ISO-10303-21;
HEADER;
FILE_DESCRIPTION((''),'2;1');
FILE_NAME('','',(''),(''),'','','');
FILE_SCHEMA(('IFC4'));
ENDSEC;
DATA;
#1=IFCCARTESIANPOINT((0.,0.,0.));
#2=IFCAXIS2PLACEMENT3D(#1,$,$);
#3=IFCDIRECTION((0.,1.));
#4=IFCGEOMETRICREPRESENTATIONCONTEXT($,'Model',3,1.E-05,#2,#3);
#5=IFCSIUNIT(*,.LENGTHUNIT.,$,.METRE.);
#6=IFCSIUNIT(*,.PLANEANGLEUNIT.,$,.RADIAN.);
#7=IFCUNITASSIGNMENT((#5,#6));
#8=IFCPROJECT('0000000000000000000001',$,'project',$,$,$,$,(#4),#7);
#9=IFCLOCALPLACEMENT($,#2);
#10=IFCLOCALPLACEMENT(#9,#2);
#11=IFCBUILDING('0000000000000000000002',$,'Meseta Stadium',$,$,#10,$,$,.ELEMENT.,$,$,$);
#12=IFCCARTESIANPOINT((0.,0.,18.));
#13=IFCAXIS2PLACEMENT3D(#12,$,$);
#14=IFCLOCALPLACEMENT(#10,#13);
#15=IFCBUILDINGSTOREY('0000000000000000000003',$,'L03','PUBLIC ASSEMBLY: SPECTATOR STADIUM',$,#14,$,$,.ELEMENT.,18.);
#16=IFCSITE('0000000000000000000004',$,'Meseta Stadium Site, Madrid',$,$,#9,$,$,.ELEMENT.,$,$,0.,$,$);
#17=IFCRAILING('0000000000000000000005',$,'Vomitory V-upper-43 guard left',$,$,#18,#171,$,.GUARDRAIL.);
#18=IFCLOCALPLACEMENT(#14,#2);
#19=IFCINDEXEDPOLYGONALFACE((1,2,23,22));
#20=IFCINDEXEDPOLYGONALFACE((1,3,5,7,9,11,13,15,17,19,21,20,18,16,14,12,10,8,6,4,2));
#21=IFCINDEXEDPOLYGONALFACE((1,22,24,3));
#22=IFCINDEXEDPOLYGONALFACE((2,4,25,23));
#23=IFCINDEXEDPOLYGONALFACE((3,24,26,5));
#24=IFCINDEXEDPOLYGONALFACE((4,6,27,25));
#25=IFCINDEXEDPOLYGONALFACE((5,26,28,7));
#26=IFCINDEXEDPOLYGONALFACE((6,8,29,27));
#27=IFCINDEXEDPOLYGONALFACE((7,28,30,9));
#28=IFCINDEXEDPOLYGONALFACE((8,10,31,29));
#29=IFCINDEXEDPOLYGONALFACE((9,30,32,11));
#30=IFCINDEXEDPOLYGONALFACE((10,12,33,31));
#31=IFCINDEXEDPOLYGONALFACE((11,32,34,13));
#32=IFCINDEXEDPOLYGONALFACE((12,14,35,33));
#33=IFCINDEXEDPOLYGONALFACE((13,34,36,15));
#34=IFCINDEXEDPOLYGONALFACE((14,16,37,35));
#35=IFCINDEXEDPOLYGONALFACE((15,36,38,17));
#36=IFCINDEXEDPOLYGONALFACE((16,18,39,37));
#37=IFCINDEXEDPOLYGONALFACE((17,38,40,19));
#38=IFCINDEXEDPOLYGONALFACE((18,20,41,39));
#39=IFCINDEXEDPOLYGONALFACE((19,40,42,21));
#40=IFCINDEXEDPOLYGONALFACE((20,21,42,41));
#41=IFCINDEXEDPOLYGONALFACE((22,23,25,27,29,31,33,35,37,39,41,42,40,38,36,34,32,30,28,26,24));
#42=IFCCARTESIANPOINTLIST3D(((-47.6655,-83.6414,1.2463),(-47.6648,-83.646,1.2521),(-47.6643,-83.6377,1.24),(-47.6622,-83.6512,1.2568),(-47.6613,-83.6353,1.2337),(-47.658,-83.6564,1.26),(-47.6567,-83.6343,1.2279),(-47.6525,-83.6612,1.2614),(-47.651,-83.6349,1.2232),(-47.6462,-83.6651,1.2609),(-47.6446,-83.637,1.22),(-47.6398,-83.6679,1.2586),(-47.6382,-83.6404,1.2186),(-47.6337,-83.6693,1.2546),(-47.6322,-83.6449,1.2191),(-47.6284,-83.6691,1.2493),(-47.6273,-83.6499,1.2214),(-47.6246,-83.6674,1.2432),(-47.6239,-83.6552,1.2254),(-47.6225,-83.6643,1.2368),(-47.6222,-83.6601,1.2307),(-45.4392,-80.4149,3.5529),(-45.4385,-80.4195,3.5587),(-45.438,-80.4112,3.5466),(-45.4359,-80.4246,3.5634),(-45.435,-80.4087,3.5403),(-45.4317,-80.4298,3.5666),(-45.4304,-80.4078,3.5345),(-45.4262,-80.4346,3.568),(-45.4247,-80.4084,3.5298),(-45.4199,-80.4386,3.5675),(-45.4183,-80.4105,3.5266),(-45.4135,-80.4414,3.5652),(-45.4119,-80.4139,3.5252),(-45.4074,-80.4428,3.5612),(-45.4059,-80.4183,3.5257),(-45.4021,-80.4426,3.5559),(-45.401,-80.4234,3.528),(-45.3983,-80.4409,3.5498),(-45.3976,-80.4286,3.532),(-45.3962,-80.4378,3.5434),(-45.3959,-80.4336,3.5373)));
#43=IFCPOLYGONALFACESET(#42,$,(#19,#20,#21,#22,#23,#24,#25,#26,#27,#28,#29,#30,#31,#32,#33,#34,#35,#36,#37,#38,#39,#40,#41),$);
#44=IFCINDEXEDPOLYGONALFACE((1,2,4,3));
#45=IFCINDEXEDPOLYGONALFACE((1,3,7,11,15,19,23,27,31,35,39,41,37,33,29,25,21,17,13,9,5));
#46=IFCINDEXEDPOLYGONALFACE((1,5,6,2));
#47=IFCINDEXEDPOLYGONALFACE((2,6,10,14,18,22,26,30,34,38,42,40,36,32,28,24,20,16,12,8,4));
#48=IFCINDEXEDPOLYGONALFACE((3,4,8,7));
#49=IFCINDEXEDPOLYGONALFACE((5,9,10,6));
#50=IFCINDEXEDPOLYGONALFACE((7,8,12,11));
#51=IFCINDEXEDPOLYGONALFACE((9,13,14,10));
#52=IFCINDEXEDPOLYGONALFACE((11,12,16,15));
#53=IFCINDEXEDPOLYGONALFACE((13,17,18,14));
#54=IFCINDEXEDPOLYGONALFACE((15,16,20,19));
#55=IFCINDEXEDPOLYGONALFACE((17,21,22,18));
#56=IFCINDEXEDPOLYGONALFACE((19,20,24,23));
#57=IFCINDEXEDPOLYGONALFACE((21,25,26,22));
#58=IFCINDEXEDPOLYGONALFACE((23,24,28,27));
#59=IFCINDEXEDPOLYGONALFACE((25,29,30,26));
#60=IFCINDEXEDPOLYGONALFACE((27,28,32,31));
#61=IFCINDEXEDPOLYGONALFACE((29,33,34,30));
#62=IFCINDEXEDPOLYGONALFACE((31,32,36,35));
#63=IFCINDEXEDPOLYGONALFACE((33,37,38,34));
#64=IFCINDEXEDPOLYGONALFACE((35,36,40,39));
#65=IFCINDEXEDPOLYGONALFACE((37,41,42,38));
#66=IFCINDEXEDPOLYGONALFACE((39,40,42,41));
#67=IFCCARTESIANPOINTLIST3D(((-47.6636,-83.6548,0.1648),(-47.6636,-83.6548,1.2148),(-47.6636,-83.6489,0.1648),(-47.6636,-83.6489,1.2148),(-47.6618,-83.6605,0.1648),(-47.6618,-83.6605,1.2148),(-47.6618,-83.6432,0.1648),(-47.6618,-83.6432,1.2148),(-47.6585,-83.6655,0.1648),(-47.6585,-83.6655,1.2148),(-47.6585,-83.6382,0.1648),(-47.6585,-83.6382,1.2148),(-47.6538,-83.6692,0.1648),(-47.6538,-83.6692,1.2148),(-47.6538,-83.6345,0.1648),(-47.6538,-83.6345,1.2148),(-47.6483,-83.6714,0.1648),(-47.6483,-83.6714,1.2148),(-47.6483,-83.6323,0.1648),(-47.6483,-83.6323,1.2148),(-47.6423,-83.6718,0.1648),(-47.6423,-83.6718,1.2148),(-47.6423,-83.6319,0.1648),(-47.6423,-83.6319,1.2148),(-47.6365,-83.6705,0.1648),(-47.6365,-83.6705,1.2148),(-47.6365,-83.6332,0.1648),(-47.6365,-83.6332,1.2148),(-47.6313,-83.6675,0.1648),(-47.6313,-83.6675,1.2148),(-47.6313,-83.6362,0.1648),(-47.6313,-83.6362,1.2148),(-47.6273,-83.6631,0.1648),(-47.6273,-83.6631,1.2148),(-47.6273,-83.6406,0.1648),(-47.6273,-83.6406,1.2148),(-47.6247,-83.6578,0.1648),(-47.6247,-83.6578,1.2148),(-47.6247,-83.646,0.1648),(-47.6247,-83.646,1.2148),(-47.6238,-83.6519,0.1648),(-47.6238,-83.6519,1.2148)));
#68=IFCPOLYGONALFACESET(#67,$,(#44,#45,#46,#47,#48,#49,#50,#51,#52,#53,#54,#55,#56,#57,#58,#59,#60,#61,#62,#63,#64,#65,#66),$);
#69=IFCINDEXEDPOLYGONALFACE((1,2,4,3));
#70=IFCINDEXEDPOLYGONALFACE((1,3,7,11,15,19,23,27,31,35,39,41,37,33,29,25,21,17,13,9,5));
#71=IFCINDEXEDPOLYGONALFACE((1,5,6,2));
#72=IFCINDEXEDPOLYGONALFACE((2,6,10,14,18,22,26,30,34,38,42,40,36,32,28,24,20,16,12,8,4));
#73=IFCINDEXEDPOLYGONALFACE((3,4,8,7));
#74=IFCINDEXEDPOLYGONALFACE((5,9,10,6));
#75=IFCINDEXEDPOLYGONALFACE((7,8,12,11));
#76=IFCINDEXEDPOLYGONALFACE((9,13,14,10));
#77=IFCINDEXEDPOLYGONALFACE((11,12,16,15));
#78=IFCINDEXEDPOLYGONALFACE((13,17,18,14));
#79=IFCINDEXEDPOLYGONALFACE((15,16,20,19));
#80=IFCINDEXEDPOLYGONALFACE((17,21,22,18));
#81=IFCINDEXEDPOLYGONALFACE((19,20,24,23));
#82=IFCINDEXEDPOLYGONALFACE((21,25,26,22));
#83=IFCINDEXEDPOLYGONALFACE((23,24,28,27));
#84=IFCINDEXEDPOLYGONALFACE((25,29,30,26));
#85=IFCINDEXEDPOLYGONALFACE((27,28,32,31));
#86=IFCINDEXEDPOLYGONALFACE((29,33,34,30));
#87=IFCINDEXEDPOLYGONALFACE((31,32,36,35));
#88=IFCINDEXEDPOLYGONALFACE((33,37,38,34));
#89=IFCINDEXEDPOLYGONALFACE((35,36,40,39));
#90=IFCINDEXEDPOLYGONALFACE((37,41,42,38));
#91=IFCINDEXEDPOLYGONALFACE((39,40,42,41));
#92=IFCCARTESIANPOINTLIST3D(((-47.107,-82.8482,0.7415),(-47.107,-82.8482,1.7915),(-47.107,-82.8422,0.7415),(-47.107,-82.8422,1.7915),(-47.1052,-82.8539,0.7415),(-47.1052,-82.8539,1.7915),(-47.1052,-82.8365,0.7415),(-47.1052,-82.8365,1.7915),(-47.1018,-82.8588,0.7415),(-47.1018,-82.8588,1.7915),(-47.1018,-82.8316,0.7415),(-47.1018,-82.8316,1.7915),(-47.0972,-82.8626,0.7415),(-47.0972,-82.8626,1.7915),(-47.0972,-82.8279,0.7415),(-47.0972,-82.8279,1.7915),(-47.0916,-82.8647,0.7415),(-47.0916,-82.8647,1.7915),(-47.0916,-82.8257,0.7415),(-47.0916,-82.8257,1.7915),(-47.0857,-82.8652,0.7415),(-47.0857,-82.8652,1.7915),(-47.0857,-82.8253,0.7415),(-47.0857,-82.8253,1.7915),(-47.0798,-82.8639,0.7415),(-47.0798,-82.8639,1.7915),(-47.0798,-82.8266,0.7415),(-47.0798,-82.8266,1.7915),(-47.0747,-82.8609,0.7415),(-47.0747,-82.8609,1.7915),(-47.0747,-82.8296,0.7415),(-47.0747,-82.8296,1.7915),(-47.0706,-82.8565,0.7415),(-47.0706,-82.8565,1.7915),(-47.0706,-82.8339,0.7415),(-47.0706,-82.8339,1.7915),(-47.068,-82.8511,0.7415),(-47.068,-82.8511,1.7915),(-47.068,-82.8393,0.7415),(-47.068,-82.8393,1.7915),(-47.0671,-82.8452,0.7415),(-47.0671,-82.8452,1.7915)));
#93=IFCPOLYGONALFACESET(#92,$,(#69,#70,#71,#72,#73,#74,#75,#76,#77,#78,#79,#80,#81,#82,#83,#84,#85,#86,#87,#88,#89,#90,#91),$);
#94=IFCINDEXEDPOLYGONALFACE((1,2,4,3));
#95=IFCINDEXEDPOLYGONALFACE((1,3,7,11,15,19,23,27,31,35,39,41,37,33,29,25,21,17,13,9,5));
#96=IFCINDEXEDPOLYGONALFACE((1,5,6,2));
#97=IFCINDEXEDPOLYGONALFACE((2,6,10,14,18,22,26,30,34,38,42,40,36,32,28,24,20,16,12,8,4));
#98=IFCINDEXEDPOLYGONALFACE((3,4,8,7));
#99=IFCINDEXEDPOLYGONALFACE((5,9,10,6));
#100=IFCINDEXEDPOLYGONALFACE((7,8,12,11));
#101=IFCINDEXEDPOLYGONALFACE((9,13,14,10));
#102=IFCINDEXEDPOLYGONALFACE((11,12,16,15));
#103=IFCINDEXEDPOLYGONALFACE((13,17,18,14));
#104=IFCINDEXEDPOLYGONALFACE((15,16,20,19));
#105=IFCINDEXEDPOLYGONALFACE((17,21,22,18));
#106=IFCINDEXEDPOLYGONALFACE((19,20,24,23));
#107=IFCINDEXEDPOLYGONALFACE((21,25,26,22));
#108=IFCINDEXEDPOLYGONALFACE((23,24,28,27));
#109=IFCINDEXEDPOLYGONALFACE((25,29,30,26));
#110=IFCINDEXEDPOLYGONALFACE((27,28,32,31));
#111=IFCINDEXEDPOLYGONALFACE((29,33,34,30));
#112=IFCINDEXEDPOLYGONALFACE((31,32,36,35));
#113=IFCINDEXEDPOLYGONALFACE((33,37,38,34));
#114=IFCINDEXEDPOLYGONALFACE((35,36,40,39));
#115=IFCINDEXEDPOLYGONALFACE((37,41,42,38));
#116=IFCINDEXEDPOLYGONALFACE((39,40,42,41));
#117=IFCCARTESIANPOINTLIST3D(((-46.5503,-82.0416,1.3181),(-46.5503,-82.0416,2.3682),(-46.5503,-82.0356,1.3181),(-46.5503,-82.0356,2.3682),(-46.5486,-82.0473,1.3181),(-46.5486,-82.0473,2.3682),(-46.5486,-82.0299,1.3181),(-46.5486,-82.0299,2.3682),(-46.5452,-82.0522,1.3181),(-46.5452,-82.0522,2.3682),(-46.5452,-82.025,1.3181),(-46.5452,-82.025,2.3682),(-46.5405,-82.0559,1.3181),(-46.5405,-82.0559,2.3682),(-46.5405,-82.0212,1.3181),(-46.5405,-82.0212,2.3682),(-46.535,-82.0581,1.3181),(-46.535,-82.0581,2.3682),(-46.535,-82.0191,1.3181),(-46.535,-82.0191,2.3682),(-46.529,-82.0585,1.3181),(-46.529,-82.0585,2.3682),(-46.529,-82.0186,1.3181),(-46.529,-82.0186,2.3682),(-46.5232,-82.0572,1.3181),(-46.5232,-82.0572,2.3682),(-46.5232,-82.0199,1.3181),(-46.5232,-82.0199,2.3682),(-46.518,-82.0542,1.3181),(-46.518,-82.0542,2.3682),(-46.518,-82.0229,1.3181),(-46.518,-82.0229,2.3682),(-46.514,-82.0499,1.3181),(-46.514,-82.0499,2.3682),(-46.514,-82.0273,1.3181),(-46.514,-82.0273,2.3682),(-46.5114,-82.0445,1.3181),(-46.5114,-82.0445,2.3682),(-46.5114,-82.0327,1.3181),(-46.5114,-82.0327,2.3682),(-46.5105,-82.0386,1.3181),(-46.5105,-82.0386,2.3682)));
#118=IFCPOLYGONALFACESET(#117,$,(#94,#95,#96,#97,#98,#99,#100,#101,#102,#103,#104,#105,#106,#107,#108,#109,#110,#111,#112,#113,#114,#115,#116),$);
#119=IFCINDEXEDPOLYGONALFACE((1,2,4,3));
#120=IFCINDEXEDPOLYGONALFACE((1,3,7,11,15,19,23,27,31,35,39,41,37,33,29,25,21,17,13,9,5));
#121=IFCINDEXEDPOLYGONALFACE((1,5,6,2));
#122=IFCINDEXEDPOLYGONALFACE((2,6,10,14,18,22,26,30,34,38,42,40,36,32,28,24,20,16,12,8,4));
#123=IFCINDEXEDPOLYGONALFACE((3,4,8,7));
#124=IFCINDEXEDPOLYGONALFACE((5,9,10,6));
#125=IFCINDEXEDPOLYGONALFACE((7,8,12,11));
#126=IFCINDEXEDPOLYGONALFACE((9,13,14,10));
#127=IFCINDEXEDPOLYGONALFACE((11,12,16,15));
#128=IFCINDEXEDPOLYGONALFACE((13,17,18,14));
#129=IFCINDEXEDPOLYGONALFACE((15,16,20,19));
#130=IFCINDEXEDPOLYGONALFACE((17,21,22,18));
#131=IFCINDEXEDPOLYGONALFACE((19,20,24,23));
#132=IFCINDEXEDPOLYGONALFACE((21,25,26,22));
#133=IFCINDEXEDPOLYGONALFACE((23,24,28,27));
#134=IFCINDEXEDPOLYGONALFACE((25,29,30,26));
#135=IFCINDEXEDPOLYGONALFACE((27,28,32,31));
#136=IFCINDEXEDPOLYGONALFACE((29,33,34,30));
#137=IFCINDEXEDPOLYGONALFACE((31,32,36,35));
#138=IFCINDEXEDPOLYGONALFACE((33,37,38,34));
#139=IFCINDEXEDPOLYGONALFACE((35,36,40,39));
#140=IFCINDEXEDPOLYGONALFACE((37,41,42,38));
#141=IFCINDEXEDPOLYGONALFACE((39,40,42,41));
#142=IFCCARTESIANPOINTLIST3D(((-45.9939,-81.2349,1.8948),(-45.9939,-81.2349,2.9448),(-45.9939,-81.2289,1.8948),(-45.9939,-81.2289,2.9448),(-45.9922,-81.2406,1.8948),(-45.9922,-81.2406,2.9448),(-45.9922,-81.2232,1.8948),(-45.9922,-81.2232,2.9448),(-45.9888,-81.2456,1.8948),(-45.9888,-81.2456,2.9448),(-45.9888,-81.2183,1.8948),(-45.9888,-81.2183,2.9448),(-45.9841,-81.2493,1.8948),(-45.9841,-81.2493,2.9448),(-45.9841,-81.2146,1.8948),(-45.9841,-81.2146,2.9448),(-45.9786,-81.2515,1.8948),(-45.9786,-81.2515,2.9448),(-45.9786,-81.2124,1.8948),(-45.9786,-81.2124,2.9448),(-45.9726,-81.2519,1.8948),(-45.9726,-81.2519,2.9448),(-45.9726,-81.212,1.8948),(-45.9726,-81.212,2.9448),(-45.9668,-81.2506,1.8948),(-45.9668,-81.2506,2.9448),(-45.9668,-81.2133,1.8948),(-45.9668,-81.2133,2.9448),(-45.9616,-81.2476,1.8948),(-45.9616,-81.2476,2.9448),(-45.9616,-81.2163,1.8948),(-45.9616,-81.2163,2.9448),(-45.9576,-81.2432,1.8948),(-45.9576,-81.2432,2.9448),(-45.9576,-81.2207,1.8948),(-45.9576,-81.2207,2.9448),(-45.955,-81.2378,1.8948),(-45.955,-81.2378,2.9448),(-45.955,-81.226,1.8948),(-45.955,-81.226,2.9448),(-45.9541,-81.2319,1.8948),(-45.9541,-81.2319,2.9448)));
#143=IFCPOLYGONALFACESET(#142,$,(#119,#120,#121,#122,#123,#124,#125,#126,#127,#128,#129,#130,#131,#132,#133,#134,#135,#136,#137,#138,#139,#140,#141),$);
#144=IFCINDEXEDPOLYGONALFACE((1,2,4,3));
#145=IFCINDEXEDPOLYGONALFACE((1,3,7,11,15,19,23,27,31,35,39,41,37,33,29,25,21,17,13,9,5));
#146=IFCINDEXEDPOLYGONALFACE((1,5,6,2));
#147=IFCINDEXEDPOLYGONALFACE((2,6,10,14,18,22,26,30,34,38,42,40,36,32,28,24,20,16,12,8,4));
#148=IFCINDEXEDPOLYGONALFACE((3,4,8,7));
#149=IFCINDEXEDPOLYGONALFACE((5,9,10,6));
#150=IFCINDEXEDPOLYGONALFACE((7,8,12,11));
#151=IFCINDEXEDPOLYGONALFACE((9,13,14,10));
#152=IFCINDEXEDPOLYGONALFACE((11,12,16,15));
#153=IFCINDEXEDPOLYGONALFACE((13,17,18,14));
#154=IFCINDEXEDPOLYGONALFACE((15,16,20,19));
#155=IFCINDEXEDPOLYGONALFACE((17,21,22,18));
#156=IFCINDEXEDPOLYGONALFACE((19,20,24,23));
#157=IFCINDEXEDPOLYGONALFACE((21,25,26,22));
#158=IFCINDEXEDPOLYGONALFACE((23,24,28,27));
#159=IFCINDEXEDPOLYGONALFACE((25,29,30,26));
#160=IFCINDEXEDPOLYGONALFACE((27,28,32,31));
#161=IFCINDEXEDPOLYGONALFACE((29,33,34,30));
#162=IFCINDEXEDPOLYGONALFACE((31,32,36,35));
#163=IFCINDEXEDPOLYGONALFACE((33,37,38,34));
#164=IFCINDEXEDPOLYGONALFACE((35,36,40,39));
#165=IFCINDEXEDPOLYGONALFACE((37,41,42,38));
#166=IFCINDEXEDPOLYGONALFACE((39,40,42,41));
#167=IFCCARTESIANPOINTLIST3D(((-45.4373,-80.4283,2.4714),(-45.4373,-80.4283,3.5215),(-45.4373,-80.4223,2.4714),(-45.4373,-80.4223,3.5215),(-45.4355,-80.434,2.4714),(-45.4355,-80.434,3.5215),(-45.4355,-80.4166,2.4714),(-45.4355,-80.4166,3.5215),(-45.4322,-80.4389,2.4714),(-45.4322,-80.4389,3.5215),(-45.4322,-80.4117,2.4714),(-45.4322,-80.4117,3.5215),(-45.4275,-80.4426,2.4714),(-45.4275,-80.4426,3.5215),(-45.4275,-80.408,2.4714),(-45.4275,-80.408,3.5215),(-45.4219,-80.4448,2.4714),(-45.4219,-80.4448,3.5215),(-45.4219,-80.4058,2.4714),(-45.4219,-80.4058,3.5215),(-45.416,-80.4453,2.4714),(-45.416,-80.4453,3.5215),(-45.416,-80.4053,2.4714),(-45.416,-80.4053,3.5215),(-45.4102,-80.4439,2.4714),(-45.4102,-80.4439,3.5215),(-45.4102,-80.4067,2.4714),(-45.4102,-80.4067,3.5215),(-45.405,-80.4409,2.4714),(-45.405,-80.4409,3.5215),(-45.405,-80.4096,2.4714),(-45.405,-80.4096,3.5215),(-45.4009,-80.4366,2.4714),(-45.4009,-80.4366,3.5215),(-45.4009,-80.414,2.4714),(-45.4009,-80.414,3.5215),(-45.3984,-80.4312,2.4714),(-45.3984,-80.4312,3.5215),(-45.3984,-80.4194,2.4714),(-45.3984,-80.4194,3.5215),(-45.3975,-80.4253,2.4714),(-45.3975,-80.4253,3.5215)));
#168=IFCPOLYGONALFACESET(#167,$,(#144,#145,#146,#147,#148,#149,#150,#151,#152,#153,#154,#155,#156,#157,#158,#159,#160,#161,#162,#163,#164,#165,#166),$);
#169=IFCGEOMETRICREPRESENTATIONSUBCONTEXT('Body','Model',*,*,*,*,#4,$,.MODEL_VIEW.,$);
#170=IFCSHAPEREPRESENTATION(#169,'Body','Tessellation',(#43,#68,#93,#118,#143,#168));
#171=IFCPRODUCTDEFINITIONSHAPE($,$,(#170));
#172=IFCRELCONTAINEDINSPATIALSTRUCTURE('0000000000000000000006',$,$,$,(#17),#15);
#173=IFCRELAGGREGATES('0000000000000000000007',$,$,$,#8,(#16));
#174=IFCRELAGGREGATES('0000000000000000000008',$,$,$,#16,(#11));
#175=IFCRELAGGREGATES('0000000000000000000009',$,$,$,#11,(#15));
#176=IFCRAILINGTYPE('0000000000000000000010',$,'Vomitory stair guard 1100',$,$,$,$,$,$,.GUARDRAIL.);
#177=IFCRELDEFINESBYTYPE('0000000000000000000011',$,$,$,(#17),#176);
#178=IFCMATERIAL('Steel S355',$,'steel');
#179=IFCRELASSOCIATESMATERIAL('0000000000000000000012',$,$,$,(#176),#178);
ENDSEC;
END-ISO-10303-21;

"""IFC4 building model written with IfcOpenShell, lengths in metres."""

from ifc_helpers import new_model, si_unit, direction, frame, origin, origin_2d, place, context, subcontext, project, spatial, circle, extrude, material, type_object, element, save


model = new_model("IFC4")

# Units and contexts
model_context = context("Model", 3, precision=1e-05, world=origin(), true_north=direction((0.0, 1.0)))
body_context = subcontext(model_context, "Body", "Model", "MODEL_VIEW")
ifc_project = project(units=[si_unit("LENGTHUNIT", "METRE"), si_unit("PLANEANGLEUNIT", "RADIAN")], contexts=[model_context])

# Site, building, storey
site_placement = place(None, origin())
site = spatial("IfcSite", under=ifc_project, at=site_placement, Name="Meseta Stadium Site, Madrid", CompositionType="ELEMENT", RefElevation=0.0)
building_placement = place(site_placement, origin())
building = spatial("IfcBuilding", under=site, at=building_placement, Name="Meseta Stadium", CompositionType="ELEMENT")
storey_placement = place(building_placement, frame((0.0, 0.0, 18.0)))
storey = spatial("IfcBuildingStorey", under=building, at=storey_placement, Name="L03", Description="PUBLIC ASSEMBLY: SPECTATOR STADIUM", CompositionType="ELEMENT", Elevation=18.0)

# Railing
ifc_material_1 = material(Name="Steel S355", Category="steel")
railing_type_1 = type_object("IfcRailingType", Name="Vomitory stair guard 1100", PredefinedType="GUARDRAIL", material=ifc_material_1)
railing_1_placement = place(storey_placement, frame((-47.6438, -83.6519, 0.1648)))
element("IfcRailing", 1, at=railing_1_placement, inside=storey, type_object=railing_type_1, Name="Vomitory V-upper-43 guard left", PredefinedType="GUARDRAIL", context=body_context, shape_type="SweptSolid", body=[
    extrude(circle(Radius=0.0249, at=origin_2d()), frame((0.0, 0.0, 1.0752), z_axis=(0.489475, 0.709387, 0.507134), x_axis=(-0.823081, 0.567924, 0.0)), (0.0, 0.0, 1.0), 4.5483),
    extrude(circle(Radius=0.02, at=origin_2d()), origin(), (0.0, 0.0, 1.0), 1.05),
    extrude(circle(Radius=0.02, at=origin_2d()), frame((0.5566, 0.8066, 0.5767)), (0.0, 0.0, 1.0), 1.05),
    extrude(circle(Radius=0.02, at=origin_2d()), frame((1.1133, 1.6133, 1.1533)), (0.0, 0.0, 1.0), 1.05),
    extrude(circle(Radius=0.02, at=origin_2d()), frame((1.6697, 2.4199, 1.73)), (0.0, 0.0, 1.0), 1.05),
    extrude(circle(Radius=0.02, at=origin_2d()), frame((2.2263, 3.2266, 2.3066)), (0.0, 0.0, 1.0), 1.05),
])

save(model, "model.ifc")
